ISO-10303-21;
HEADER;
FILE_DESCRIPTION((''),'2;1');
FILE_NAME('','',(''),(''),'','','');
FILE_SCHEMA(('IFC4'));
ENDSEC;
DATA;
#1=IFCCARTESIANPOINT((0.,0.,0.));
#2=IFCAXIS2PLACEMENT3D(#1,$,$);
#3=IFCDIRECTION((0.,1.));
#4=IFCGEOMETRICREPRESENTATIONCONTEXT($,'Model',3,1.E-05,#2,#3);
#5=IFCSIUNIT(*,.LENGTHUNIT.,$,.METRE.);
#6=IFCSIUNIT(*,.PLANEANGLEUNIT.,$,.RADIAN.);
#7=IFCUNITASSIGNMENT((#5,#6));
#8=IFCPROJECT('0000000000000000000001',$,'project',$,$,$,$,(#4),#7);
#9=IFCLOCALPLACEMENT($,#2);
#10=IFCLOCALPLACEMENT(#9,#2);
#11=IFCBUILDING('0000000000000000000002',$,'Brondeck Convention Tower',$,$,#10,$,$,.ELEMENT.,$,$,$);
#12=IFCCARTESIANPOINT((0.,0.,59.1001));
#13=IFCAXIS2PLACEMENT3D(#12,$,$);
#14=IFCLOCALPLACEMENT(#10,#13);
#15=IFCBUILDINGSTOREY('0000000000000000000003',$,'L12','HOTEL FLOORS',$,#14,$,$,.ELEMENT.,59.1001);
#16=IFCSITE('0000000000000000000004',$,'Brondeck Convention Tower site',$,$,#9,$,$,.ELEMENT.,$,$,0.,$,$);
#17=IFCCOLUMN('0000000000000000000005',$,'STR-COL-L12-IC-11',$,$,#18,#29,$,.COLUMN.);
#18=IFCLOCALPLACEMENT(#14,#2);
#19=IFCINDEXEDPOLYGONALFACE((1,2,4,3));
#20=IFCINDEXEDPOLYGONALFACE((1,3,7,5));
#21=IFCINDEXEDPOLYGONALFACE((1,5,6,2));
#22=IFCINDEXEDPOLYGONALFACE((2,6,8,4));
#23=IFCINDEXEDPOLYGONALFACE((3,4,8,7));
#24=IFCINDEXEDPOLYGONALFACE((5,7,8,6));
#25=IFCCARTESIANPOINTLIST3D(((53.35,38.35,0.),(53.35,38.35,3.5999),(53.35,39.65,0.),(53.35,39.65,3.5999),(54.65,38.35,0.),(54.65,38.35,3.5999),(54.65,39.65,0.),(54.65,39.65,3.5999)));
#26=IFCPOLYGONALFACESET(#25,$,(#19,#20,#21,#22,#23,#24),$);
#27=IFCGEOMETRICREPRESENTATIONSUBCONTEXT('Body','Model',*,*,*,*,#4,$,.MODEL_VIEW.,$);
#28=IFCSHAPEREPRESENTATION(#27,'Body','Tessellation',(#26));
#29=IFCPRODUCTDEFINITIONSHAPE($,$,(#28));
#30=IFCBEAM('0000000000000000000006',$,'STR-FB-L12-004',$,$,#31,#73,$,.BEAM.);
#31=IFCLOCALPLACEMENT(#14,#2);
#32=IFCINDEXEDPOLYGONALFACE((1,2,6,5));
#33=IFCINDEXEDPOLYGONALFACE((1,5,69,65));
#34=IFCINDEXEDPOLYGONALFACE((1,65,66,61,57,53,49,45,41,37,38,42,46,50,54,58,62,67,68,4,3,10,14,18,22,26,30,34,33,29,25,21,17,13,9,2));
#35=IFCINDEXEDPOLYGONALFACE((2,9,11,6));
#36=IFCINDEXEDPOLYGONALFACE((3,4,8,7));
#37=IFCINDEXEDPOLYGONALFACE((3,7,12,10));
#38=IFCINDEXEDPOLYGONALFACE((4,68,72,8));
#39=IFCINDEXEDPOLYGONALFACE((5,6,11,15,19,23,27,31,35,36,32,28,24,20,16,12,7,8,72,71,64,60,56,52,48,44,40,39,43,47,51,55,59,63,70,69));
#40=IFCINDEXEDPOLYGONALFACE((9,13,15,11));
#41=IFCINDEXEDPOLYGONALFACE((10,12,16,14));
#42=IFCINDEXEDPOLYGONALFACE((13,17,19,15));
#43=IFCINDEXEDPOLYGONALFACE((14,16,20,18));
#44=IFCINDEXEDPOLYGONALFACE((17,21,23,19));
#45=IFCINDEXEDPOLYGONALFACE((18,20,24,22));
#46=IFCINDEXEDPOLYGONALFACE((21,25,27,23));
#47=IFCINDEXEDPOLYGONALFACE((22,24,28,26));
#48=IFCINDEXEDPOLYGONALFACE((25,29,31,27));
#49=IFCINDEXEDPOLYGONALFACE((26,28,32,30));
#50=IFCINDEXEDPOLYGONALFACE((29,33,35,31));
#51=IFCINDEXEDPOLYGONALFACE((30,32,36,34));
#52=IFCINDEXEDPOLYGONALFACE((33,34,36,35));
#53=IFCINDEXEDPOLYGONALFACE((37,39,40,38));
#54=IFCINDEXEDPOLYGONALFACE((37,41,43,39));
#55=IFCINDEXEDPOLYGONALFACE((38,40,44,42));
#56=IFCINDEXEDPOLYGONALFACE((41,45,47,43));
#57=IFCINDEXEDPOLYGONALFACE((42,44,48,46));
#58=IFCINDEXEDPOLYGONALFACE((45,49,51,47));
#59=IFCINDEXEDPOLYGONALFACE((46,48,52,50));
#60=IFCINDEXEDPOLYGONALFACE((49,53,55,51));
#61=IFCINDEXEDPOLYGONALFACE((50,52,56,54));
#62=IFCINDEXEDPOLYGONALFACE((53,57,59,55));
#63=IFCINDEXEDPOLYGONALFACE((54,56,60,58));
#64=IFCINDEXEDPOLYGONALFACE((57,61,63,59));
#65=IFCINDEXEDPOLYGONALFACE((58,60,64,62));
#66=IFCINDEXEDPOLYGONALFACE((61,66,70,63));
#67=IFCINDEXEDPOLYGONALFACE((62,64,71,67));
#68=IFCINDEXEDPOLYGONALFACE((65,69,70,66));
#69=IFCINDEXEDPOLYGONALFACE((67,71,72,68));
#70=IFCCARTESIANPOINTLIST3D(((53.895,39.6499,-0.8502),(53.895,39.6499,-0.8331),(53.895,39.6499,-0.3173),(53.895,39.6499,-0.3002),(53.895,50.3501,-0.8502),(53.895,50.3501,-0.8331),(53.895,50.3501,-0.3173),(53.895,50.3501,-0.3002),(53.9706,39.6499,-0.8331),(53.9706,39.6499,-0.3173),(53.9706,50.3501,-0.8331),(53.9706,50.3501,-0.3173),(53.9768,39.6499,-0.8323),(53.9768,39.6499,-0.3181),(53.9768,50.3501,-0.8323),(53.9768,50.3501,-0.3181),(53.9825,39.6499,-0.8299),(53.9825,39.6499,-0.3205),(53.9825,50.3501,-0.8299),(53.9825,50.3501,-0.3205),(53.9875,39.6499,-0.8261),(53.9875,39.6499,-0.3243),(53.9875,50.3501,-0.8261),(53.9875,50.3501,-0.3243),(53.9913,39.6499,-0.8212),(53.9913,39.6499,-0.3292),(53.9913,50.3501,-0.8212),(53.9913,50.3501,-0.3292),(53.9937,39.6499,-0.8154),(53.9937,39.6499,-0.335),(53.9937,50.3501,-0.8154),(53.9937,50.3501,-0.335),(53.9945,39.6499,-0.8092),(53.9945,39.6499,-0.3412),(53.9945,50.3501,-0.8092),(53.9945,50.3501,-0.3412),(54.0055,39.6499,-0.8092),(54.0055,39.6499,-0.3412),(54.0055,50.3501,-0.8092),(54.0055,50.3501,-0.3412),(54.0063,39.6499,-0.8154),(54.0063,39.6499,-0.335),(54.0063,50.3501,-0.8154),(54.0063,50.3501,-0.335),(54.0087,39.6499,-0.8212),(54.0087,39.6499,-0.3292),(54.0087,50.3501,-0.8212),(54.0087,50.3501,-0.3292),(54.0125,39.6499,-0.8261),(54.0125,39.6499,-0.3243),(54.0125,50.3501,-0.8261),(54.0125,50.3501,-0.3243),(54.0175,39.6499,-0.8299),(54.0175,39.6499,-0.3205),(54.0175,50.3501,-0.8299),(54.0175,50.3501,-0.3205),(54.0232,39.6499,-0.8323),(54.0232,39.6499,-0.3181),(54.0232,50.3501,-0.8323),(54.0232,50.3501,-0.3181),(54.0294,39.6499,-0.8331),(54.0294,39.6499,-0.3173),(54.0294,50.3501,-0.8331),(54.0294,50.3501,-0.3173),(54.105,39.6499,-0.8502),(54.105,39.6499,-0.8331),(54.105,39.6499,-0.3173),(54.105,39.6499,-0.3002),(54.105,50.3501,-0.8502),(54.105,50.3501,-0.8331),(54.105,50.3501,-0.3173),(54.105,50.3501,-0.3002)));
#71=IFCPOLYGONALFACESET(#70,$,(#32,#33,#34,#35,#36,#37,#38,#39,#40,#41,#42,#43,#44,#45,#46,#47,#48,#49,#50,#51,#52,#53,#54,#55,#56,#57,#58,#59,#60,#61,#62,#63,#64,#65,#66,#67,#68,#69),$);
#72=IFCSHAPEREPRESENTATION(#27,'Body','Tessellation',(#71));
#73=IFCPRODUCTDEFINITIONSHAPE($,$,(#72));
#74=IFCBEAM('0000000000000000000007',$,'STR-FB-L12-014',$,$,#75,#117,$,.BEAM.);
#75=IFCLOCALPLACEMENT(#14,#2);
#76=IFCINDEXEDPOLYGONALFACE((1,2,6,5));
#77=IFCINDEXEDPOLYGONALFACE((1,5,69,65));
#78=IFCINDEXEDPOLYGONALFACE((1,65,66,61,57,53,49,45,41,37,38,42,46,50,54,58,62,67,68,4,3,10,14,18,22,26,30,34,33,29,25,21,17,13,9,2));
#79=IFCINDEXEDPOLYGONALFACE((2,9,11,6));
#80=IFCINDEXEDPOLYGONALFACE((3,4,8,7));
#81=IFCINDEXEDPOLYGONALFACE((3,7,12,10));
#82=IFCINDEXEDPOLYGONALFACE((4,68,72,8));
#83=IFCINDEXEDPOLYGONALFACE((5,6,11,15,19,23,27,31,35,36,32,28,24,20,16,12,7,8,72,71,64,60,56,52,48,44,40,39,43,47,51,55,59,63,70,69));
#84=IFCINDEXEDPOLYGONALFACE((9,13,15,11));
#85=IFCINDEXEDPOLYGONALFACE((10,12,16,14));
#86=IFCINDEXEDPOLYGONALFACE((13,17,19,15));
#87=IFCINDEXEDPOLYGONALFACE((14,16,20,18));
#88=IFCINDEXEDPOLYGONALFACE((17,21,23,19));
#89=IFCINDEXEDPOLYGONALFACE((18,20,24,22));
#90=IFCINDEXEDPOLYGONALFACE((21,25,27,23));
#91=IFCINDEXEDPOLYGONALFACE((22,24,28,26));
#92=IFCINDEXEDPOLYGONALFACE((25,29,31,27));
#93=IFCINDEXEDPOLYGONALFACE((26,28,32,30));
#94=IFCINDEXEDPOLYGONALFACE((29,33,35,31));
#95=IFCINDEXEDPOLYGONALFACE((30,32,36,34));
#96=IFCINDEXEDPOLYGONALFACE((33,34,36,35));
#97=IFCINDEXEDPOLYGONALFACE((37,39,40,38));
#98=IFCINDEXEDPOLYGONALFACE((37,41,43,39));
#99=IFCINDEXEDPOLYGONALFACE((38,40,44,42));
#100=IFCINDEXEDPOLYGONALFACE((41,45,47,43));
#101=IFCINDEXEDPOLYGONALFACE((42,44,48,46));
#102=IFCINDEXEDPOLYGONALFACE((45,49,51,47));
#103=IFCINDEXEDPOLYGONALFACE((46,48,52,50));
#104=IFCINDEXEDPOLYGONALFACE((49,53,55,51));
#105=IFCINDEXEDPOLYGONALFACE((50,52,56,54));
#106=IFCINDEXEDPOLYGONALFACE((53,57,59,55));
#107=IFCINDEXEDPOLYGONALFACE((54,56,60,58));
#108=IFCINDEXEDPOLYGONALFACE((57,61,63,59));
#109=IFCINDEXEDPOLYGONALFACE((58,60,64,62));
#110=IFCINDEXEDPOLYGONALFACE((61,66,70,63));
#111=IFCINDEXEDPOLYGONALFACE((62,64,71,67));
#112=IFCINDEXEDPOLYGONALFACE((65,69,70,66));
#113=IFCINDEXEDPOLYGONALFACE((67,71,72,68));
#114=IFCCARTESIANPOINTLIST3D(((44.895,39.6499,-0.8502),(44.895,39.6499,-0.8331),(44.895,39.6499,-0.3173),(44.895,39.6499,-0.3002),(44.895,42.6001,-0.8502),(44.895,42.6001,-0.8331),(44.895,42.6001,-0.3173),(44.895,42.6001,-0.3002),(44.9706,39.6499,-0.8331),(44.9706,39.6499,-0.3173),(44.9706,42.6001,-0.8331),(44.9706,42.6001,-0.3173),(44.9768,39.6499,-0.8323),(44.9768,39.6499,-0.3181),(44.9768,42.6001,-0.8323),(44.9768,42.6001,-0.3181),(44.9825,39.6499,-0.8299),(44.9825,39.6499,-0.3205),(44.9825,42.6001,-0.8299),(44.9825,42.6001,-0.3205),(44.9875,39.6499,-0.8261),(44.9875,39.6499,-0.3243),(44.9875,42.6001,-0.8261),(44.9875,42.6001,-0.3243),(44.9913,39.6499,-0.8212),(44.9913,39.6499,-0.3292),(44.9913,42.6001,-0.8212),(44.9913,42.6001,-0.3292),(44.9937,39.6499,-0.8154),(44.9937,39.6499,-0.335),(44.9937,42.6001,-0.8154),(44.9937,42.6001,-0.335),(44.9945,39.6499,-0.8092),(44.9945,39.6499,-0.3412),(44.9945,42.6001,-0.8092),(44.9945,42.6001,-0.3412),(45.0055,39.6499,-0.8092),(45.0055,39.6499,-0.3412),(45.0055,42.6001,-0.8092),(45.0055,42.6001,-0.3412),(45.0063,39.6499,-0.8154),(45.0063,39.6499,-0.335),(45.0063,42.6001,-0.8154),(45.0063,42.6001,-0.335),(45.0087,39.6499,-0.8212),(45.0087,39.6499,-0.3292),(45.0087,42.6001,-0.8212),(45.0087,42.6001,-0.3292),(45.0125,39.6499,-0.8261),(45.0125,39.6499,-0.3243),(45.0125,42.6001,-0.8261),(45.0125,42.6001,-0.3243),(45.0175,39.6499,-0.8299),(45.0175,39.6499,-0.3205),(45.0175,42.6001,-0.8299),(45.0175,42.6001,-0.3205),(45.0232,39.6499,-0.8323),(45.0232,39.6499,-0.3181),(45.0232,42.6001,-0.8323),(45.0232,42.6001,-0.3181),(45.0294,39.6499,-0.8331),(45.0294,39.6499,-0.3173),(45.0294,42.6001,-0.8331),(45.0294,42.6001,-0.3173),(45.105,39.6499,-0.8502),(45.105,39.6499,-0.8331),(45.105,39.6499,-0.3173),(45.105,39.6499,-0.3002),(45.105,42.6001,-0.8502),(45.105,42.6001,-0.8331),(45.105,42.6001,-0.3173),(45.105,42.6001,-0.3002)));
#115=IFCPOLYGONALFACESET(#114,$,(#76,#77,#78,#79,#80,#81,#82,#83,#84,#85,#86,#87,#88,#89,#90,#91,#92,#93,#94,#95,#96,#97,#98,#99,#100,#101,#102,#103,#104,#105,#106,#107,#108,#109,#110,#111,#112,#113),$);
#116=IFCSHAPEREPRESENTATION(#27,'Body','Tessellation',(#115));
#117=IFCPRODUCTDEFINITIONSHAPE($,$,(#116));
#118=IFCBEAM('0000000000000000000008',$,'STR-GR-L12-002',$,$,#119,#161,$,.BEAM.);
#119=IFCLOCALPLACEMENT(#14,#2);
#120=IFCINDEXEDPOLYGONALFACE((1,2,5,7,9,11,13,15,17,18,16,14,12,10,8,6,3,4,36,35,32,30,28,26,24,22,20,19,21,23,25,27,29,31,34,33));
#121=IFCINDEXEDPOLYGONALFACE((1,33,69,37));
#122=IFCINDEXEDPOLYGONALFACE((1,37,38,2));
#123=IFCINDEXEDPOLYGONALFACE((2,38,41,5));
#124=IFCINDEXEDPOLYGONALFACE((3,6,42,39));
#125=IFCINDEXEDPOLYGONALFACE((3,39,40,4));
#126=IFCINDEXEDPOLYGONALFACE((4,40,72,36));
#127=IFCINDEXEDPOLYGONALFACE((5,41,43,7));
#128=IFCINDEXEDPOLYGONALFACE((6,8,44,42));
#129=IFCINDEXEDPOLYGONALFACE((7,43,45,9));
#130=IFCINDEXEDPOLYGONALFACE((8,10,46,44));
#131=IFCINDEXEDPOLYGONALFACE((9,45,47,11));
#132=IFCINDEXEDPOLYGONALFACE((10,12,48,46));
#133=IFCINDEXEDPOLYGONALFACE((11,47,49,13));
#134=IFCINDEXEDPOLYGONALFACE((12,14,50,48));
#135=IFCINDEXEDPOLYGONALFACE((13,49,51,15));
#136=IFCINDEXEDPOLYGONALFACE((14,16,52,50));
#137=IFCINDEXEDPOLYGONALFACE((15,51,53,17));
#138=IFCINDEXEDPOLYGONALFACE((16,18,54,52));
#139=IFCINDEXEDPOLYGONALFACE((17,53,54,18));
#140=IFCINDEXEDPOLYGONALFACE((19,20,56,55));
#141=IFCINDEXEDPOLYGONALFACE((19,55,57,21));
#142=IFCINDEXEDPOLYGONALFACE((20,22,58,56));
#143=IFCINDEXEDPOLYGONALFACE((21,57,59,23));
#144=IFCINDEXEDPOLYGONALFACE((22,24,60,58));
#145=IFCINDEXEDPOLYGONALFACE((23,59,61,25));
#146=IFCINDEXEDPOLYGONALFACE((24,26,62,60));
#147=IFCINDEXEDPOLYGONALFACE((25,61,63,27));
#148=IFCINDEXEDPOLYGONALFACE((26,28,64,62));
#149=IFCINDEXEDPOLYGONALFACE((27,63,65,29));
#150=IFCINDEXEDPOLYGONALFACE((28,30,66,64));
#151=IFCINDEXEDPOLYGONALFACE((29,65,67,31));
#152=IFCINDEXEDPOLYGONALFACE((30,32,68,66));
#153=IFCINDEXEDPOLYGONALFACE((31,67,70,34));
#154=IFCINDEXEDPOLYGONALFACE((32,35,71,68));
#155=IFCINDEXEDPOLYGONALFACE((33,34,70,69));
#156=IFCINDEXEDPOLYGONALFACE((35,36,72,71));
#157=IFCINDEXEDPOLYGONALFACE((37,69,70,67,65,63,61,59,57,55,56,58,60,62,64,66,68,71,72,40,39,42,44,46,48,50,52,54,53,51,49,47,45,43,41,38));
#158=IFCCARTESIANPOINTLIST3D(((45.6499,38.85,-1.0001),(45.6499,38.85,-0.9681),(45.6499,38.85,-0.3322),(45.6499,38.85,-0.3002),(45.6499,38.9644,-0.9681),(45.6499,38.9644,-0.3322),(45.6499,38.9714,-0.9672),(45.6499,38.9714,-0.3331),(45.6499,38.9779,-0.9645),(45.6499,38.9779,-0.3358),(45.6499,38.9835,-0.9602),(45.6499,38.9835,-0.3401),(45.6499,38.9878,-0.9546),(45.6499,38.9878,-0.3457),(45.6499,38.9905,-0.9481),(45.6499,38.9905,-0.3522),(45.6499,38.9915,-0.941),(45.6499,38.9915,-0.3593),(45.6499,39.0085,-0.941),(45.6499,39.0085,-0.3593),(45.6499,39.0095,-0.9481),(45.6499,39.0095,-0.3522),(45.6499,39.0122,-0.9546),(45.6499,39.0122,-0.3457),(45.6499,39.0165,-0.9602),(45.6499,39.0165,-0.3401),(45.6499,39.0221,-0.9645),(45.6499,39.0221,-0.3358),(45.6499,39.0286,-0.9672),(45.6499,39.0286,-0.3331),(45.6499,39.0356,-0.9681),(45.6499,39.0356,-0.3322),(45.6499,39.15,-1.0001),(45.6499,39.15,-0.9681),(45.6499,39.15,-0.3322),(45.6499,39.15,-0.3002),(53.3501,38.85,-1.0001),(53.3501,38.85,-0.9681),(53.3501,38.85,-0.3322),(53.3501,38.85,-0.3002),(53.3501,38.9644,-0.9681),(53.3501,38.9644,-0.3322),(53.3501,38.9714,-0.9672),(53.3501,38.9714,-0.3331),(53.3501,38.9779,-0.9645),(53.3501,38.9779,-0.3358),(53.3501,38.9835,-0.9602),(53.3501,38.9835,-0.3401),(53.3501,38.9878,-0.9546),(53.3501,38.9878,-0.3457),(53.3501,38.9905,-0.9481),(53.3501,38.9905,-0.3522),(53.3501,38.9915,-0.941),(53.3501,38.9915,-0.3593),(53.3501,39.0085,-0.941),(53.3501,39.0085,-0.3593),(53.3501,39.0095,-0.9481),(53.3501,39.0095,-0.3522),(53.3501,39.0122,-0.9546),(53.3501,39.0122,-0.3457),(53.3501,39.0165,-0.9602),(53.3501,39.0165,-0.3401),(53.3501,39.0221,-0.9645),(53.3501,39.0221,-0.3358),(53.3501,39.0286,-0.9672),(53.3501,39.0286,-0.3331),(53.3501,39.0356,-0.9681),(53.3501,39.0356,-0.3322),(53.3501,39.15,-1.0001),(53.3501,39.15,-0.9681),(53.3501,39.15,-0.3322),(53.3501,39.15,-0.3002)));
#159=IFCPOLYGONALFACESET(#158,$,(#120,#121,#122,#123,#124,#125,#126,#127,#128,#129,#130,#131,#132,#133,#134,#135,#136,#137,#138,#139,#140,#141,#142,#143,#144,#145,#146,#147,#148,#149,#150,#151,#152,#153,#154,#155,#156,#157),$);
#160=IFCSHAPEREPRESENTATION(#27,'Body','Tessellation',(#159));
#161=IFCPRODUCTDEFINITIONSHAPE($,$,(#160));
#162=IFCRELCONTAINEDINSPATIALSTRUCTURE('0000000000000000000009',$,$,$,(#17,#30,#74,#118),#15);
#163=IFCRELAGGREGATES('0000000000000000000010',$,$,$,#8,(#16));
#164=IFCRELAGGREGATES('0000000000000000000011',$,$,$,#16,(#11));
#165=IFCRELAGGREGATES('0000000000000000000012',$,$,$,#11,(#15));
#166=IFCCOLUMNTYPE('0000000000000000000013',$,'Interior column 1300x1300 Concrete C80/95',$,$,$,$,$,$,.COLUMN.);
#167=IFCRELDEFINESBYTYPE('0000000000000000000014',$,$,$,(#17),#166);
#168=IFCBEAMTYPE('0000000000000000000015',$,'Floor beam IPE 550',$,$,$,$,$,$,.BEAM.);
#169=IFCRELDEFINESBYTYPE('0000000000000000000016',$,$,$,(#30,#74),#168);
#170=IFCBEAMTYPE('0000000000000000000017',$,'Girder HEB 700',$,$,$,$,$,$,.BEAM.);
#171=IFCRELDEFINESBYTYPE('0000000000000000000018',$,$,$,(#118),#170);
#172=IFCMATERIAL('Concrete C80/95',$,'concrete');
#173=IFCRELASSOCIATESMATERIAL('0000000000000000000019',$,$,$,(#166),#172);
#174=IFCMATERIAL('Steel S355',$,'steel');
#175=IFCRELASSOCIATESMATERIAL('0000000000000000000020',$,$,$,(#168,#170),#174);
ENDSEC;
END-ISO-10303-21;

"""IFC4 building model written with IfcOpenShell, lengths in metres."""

from ifc_helpers import new_model, si_unit, direction, frame, origin, origin_2d, place, context, subcontext, project, spatial, rectangle, i_section, extrude, material, material_profile, profile_set, type_object, element, save


model = new_model("IFC4")

# Units and contexts
model_context = context("Model", 3, precision=1e-05, world=origin(), true_north=direction((0.0, 1.0)))
body_context = subcontext(model_context, "Body", "Model", "MODEL_VIEW")
ifc_project = project(units=[si_unit("LENGTHUNIT", "METRE"), si_unit("PLANEANGLEUNIT", "RADIAN")], contexts=[model_context])

# Site, building, storey
site_placement = place(None, origin())
site = spatial("IfcSite", under=ifc_project, at=site_placement, Name="Brondeck Convention Tower site", CompositionType="ELEMENT", RefElevation=0.0)
building_placement = place(site_placement, origin())
building = spatial("IfcBuilding", under=site, at=building_placement, Name="Brondeck Convention Tower", CompositionType="ELEMENT")
storey_placement = place(building_placement, frame((0.0, 0.0, 59.1001)))
storey = spatial("IfcBuildingStorey", under=building, at=storey_placement, Name="L12", Description="HOTEL FLOORS", CompositionType="ELEMENT", Elevation=59.1001)

# Column
ifc_material_1 = material(Name="Concrete C80/95", Category="concrete")
ifc_material_profile_1 = material_profile(ifc_material_1, rectangle(XDim=1.3, YDim=1.3, at=origin_2d()), Name="Interior column 1300x1300 Concrete C80/95")
ifc_profile_set_1 = profile_set([ifc_material_profile_1], Name="Concrete C80/95")
column_type = type_object("IfcColumnType", Name="Interior column 1300x1300 Concrete C80/95", PredefinedType="COLUMN", material=ifc_profile_set_1)
column_placement = place(storey_placement, frame((54.0, 39.0, 0.0), z_axis=(0.0, 0.0, 1.0), x_axis=(1.0, 0.0, 0.0)))
element("IfcColumn", 1, at=column_placement, inside=storey, type_object=column_type, Name="STR-COL-L12-IC-11", PredefinedType="COLUMN", context=body_context, shape_type="SweptSolid", body=[
    extrude(rectangle(XDim=1.3, YDim=1.3, at=origin_2d()), origin(), (0.0, 0.0, 1.0), 3.5999),
])

# Beams
ifc_material_2 = material(Name="Steel S355", Category="steel")
ifc_material_profile_2 = material_profile(ifc_material_2, i_section(OverallWidth=0.21, OverallDepth=0.55, WebThickness=0.011, FlangeThickness=0.0171, FilletRadius=0.0239, at=origin_2d()), Name="IPE 550")
ifc_profile_set_2 = profile_set([ifc_material_profile_2], Name="Steel S355")
beam_type_1 = type_object("IfcBeamType", Name="Floor beam IPE 550", PredefinedType="BEAM", material=ifc_profile_set_2)
beam_1_placement = place(storey_placement, frame((54.0, 39.6499, -0.5752), z_axis=(0.0, 1.0, 0.0), x_axis=(-1.0, 0.0, 0.0)))
element("IfcBeam", 2, at=beam_1_placement, inside=storey, type_object=beam_type_1, Name="STR-FB-L12-004", PredefinedType="BEAM", context=body_context, shape_type="SweptSolid", body=[
    extrude(i_section(OverallWidth=0.21, OverallDepth=0.55, WebThickness=0.011, FlangeThickness=0.0171, FilletRadius=0.0239, at=origin_2d()), origin(), (0.0, 0.0, 1.0), 10.7002),
])
beam_2_placement = place(storey_placement, frame((45.0, 39.6499, -0.5752), z_axis=(0.0, 1.0, 0.0), x_axis=(-1.0, 0.0, 0.0)))
element("IfcBeam", 3, at=beam_2_placement, inside=storey, type_object=beam_type_1, Name="STR-FB-L12-014", PredefinedType="BEAM", context=body_context, shape_type="SweptSolid", body=[
    extrude(i_section(OverallWidth=0.21, OverallDepth=0.55, WebThickness=0.011, FlangeThickness=0.0171, FilletRadius=0.0239, at=origin_2d()), origin(), (0.0, 0.0, 1.0), 2.9502),
])
ifc_material_profile_3 = material_profile(ifc_material_2, i_section(OverallWidth=0.3, OverallDepth=0.7, WebThickness=0.0171, FlangeThickness=0.032, FilletRadius=0.0271, at=origin_2d()), Name="HEB 700")
ifc_profile_set_3 = profile_set([ifc_material_profile_3], Name="Steel S355")
beam_type_2 = type_object("IfcBeamType", Name="Girder HEB 700", PredefinedType="BEAM", material=ifc_profile_set_3)
for number, where, z_axis, x_axis, name in (
    (4, (45.6499, 39.0, -0.6501), (1.0, 0.0, 0.0), (0.0, 1.0, 0.0), "STR-GR-L12-002"),
):
    element("IfcBeam", number, at=place(storey_placement, frame(where, z_axis=z_axis, x_axis=x_axis)), inside=storey, type_object=beam_type_2, Name=name, PredefinedType="BEAM", context=body_context, shape_type="SweptSolid", body=[
        extrude(i_section(OverallWidth=0.3, OverallDepth=0.7, WebThickness=0.0171, FlangeThickness=0.032, FilletRadius=0.0271, at=origin_2d()), origin(), (0.0, 0.0, 1.0), 7.7002),
    ])

save(model, "model.ifc")
